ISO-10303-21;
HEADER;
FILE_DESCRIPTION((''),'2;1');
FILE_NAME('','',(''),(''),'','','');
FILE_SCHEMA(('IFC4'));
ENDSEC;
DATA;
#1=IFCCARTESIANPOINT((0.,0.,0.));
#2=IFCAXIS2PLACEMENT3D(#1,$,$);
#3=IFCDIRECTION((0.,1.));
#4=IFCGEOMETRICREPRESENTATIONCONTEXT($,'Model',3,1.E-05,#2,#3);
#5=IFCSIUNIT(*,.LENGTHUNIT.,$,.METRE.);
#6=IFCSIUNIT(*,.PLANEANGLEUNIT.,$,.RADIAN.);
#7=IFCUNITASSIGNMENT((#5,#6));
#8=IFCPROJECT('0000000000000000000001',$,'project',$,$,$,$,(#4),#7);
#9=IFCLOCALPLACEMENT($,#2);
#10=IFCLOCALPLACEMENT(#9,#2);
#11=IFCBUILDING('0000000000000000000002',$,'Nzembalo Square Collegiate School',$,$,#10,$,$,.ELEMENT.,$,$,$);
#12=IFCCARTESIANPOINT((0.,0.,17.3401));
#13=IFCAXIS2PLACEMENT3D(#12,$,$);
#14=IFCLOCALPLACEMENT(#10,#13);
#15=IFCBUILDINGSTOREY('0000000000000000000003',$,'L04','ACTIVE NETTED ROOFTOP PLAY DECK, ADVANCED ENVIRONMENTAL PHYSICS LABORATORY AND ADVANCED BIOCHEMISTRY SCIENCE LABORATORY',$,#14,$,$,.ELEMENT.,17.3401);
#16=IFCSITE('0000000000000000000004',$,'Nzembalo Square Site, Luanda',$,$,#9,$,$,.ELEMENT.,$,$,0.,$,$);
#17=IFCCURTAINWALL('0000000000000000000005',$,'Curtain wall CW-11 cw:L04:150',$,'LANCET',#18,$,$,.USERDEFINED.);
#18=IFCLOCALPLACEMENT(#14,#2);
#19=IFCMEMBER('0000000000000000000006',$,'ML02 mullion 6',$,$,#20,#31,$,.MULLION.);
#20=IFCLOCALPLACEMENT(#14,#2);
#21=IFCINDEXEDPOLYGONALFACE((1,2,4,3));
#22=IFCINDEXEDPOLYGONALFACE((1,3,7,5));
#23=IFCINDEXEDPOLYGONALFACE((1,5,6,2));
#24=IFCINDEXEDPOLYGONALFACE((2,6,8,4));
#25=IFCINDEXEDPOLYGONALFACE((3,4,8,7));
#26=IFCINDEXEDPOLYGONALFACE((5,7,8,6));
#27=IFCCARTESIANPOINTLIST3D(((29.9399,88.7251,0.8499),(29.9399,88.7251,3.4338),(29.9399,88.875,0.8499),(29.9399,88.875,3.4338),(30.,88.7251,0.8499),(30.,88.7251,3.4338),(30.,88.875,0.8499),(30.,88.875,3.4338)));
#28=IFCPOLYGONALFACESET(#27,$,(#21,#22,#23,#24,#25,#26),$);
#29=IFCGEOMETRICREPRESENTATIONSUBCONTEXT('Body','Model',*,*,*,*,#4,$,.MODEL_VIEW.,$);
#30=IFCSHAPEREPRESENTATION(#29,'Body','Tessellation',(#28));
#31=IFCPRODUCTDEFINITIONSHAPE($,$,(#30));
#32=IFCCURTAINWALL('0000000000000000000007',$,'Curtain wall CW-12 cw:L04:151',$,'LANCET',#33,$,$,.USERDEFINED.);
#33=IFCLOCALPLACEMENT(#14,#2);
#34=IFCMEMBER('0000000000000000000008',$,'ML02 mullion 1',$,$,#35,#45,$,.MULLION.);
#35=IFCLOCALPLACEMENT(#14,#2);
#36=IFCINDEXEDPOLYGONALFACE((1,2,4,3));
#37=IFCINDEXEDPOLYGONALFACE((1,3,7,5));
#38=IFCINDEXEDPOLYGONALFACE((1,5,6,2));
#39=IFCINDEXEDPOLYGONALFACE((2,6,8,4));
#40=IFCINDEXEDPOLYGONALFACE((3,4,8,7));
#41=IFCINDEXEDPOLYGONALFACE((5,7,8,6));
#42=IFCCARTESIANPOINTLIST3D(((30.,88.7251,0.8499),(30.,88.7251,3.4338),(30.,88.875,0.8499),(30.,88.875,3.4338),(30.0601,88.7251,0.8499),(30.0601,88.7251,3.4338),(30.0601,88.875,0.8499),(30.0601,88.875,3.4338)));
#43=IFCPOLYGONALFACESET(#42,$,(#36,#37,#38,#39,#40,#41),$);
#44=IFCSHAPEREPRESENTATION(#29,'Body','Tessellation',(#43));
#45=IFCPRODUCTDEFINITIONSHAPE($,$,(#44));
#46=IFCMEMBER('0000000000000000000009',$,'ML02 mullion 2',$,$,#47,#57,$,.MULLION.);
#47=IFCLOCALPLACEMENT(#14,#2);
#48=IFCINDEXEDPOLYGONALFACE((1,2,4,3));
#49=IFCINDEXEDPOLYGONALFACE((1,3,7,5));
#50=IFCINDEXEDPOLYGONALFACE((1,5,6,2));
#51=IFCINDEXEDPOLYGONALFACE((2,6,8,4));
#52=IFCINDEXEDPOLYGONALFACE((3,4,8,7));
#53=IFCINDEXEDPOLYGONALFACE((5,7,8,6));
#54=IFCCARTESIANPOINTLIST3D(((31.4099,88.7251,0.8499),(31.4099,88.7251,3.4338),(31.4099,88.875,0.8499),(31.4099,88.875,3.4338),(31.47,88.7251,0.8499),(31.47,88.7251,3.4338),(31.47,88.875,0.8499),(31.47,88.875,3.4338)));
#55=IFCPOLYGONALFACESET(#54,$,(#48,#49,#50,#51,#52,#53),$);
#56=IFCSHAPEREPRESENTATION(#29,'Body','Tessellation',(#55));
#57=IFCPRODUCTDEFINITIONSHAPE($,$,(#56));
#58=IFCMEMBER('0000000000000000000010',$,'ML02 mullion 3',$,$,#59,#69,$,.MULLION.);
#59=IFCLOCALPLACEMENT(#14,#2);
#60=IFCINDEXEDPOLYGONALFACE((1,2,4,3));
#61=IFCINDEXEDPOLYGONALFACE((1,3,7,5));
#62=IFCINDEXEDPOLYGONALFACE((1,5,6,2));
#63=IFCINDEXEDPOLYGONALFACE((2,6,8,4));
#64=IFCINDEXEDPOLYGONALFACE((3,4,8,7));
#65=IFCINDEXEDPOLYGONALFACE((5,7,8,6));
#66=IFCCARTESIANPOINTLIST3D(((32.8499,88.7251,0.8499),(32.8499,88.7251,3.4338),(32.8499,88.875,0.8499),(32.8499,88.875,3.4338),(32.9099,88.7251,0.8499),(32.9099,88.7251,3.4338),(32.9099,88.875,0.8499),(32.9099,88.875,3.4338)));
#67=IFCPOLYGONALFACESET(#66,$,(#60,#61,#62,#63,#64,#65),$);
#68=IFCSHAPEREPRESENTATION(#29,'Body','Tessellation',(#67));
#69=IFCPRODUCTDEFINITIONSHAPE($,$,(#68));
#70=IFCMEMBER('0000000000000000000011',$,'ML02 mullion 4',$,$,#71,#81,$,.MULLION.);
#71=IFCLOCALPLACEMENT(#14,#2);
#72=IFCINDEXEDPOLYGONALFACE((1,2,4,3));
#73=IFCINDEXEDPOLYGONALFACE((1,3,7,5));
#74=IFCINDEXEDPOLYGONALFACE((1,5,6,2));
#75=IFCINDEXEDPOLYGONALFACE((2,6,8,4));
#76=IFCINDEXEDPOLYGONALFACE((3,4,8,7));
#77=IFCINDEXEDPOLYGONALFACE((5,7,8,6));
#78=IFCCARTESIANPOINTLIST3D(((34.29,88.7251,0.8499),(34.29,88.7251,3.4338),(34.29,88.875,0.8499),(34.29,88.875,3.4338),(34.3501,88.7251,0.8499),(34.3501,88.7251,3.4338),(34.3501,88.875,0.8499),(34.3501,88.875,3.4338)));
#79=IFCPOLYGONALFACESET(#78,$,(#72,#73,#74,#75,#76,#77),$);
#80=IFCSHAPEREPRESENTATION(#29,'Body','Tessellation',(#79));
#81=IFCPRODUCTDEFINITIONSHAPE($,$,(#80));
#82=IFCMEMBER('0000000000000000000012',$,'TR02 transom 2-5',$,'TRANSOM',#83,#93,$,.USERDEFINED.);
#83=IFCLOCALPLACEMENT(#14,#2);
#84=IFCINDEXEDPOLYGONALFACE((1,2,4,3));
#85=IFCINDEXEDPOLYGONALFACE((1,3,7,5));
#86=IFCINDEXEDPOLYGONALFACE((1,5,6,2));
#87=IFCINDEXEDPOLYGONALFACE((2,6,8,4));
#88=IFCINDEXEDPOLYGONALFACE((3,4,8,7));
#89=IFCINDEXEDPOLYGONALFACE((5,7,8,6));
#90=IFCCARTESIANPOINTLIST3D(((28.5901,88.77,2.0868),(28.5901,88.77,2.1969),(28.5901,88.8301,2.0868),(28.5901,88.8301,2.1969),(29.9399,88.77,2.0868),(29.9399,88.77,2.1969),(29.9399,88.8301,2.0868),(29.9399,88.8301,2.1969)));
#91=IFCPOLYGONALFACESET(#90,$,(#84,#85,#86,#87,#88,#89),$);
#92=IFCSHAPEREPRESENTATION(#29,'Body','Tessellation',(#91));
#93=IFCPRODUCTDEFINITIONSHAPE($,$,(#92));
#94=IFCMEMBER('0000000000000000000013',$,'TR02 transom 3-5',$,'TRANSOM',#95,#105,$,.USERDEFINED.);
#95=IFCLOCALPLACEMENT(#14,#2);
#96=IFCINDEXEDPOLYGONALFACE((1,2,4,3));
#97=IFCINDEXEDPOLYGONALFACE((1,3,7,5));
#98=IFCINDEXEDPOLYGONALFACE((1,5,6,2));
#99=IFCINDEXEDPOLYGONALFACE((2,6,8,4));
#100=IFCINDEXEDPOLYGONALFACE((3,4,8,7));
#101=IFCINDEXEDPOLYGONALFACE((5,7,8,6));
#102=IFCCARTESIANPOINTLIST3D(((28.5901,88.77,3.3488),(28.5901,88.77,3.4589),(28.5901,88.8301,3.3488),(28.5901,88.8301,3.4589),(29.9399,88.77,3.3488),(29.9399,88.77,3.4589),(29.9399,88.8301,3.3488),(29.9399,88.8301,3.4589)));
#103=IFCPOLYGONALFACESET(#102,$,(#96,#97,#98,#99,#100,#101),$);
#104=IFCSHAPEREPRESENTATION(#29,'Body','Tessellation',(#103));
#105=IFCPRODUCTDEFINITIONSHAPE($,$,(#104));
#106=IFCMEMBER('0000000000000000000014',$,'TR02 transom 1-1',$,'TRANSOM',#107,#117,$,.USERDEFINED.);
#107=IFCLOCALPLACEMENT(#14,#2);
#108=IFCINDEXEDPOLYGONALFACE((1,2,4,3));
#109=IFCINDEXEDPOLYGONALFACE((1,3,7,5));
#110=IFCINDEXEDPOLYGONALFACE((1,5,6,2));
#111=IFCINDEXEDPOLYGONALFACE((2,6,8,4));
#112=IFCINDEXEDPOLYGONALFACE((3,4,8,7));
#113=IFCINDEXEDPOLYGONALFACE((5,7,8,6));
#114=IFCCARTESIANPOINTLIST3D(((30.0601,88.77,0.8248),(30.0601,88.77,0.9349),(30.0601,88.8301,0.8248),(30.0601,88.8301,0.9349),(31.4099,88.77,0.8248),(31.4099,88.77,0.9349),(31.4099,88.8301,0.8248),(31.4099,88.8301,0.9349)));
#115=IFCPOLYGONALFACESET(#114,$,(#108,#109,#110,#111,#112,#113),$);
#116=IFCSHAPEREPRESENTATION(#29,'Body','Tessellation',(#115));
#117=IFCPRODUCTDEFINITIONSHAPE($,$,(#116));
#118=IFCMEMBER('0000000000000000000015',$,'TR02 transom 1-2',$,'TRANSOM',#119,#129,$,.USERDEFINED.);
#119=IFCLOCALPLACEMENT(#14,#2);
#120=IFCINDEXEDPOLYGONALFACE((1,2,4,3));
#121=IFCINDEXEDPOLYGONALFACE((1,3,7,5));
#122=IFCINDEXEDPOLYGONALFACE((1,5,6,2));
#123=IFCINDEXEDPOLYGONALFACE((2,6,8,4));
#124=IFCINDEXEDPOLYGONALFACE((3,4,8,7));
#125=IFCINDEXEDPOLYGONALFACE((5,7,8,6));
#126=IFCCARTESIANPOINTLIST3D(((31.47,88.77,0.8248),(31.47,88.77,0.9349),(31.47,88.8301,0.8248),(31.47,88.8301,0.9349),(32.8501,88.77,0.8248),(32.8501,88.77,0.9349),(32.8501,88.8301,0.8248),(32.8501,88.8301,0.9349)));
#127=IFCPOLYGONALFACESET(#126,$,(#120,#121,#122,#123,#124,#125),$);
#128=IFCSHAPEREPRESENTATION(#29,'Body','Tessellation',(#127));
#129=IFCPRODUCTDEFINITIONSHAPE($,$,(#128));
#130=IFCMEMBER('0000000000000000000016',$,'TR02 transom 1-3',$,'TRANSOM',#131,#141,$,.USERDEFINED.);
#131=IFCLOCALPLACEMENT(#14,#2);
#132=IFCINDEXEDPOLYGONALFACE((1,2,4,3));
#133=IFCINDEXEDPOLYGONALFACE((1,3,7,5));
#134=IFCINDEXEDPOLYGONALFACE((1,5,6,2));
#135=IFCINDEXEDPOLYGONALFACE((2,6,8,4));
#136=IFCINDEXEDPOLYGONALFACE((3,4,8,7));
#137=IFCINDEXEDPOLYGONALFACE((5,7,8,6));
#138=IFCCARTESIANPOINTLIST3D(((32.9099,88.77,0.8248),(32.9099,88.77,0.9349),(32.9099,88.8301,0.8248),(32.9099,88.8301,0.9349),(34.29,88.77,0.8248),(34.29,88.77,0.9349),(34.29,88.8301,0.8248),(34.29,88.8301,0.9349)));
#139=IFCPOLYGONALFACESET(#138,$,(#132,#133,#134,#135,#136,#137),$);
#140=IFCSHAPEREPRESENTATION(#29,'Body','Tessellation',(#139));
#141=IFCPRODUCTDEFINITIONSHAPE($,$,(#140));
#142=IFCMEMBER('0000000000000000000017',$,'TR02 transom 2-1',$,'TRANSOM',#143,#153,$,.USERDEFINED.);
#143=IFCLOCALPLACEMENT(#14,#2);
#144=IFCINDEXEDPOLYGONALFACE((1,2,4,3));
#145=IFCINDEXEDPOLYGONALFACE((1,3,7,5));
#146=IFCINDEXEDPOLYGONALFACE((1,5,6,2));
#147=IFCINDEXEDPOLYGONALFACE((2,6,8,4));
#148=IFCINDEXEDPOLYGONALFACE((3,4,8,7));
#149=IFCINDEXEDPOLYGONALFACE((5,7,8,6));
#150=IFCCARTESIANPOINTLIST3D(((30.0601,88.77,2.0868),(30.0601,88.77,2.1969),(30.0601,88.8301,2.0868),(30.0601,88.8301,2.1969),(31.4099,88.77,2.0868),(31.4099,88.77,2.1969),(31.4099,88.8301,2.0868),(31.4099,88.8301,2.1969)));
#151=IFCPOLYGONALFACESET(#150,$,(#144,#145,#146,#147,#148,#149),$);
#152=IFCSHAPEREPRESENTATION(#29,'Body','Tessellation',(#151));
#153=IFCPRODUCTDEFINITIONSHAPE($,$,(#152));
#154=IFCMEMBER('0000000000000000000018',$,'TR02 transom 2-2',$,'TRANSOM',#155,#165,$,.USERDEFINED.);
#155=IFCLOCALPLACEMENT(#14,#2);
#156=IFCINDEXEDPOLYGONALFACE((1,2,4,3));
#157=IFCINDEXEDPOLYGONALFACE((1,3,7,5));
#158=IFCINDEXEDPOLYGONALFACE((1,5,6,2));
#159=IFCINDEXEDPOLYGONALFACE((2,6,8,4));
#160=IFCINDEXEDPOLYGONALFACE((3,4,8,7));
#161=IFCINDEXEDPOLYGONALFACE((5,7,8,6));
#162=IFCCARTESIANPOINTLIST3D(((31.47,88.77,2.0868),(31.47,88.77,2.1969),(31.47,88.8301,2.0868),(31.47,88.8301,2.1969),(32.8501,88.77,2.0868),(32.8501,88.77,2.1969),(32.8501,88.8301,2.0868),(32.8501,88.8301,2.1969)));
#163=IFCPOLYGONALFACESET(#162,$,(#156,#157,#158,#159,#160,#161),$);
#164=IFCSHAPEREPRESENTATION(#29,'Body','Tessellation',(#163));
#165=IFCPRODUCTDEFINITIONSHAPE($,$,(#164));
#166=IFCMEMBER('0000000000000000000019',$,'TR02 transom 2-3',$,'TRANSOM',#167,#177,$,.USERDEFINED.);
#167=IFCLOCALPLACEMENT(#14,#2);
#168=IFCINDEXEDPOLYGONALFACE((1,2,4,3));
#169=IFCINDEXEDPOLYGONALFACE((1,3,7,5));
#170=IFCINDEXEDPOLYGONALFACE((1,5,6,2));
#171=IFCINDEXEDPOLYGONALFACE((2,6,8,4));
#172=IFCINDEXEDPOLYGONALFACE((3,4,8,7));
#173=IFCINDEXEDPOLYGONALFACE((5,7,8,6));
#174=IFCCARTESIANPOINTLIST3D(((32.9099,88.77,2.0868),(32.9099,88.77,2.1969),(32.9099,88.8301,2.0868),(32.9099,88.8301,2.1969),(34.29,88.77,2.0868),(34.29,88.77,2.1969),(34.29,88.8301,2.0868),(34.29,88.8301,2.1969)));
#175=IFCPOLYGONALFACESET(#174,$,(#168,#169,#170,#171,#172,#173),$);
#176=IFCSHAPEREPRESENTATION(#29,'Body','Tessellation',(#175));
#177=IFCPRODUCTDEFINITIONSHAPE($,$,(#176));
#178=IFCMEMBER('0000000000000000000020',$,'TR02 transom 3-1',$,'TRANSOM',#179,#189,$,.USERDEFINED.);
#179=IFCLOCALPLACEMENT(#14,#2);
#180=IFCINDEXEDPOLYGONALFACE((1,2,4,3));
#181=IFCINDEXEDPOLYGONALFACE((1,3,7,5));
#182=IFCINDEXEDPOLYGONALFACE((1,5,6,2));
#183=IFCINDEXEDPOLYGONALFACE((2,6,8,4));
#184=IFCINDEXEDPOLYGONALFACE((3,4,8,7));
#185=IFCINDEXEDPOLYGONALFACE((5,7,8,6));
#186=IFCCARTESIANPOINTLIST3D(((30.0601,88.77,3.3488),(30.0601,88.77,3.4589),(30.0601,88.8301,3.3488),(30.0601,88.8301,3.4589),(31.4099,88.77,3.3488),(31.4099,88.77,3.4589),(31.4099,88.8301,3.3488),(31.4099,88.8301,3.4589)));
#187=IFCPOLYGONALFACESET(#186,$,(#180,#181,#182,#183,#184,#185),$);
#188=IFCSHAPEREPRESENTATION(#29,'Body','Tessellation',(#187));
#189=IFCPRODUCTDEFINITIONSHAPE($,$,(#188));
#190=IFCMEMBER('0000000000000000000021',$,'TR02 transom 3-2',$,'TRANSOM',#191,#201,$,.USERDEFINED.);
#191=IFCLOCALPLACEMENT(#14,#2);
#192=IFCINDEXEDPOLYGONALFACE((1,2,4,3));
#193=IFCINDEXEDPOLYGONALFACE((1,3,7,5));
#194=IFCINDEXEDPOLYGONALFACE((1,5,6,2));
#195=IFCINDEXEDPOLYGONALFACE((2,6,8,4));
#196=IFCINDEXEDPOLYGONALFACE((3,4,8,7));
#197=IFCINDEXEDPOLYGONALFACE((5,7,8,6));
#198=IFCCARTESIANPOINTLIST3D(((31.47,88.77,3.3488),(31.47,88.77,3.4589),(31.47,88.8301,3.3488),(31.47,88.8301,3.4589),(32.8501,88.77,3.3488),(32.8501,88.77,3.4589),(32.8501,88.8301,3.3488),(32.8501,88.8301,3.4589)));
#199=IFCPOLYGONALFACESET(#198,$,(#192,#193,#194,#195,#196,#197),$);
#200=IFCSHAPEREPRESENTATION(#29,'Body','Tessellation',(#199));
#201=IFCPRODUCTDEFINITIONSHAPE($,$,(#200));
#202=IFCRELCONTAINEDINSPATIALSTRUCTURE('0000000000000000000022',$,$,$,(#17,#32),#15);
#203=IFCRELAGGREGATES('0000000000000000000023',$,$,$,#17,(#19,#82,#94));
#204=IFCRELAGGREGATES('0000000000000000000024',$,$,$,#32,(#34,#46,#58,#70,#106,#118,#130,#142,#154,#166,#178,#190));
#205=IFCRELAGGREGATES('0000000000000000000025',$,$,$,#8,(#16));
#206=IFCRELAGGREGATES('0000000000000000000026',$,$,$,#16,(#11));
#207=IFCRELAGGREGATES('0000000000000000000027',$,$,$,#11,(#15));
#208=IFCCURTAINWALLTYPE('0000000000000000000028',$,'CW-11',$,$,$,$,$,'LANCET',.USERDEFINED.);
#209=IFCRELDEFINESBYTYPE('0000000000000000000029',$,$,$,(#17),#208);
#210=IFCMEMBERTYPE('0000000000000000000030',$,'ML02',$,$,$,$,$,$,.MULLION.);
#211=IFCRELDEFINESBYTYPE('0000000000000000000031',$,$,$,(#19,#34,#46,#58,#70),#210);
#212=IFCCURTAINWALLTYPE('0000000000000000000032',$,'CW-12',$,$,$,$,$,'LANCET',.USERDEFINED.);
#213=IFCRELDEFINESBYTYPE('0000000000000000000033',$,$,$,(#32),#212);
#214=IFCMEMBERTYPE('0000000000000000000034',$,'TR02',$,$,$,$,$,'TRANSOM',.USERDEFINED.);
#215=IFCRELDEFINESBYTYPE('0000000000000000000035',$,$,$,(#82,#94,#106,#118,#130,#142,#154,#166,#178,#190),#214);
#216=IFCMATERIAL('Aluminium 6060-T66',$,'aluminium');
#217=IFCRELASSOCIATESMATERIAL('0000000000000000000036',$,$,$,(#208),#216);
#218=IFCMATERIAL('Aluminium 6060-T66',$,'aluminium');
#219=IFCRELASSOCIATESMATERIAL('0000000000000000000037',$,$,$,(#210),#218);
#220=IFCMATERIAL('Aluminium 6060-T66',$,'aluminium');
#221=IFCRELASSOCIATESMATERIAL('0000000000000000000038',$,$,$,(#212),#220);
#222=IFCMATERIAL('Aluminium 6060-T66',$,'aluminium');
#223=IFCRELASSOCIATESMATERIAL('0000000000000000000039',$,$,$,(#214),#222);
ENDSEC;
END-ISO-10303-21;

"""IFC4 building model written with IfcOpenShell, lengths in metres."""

from ifc_helpers import new_model, si_unit, direction, frame, origin, origin_2d, place, context, subcontext, project, spatial, rectangle, extrude, material, material_profile, profile_set, type_object, element, aggregate, save


model = new_model("IFC4")

# Units and contexts
model_context = context("Model", 3, precision=1e-05, world=origin(), true_north=direction((0.0, 1.0)))
body_context = subcontext(model_context, "Body", "Model", "MODEL_VIEW")
ifc_project = project(units=[si_unit("LENGTHUNIT", "METRE"), si_unit("PLANEANGLEUNIT", "RADIAN")], contexts=[model_context])

# Site, building, storey
site_placement = place(None, origin())
site = spatial("IfcSite", under=ifc_project, at=site_placement, Name="Nzembalo Square Site, Luanda", CompositionType="ELEMENT", RefElevation=0.0)
building_placement = place(site_placement, origin())
building = spatial("IfcBuilding", under=site, at=building_placement, Name="Nzembalo Square Collegiate School", CompositionType="ELEMENT")
storey_placement = place(building_placement, frame((0.0, 0.0, 17.3401)))
storey = spatial("IfcBuildingStorey", under=building, at=storey_placement, Name="L04", Description="ACTIVE NETTED ROOFTOP PLAY DECK, ADVANCED ENVIRONMENTAL PHYSICS LABORATORY AND ADVANCED BIOCHEMISTRY SCIENCE LABORATORY", CompositionType="ELEMENT", Elevation=17.3401)

# Curtain wall, member
ifc_material_1 = material(Name="Aluminium 6060-T66", Category="aluminium")
curtain_wall_type_1 = type_object("IfcCurtainWallType", Name="CW-11", ElementType="LANCET", PredefinedType="USERDEFINED", material=ifc_material_1)
curtain_wall_1_placement = place(storey_placement, origin())
curtain_wall_1 = element("IfcCurtainWall", 1, at=curtain_wall_1_placement, inside=storey, type_object=curtain_wall_type_1, Name="Curtain wall CW-11 cw:L04:150", ObjectType="LANCET", PredefinedType="USERDEFINED")
ifc_material_2 = material(Name="Aluminium 6060-T66", Category="aluminium")
ifc_material_profile_1 = material_profile(ifc_material_2, rectangle(XDim=0.0601, YDim=0.1499, at=origin_2d()), Name="ALU M60x150")
ifc_profile_set_1 = profile_set([ifc_material_profile_1], Name="Aluminium 6060-T66")
member_type_1 = type_object("IfcMemberType", Name="ML02", PredefinedType="MULLION", material=ifc_profile_set_1)
member_1_placement = place(storey_placement, frame((29.97, 88.8, 0.8499), z_axis=(0.0, 0.0, 1.0), x_axis=(1.0, 0.0, 0.0)))
member_1 = element("IfcMember", 2, at=member_1_placement, type_object=member_type_1, Name="ML02 mullion 6", PredefinedType="MULLION", context=body_context, shape_type="SweptSolid", body=[
    extrude(rectangle(XDim=0.0601, YDim=0.1499, at=origin_2d()), origin(), (0.0, 0.0, 1.0), 2.584),
])

# Curtain wall, members
ifc_material_3 = material(Name="Aluminium 6060-T66", Category="aluminium")
curtain_wall_type_2 = type_object("IfcCurtainWallType", Name="CW-12", ElementType="LANCET", PredefinedType="USERDEFINED", material=ifc_material_3)
curtain_wall_2_placement = place(storey_placement, origin())
curtain_wall_2 = element("IfcCurtainWall", 3, at=curtain_wall_2_placement, inside=storey, type_object=curtain_wall_type_2, Name="Curtain wall CW-12 cw:L04:151", ObjectType="LANCET", PredefinedType="USERDEFINED")
member_2_placement = place(storey_placement, frame((30.03, 88.8, 0.8499), z_axis=(0.0, 0.0, 1.0), x_axis=(1.0, 0.0, 0.0)))
member_2 = element("IfcMember", 4, at=member_2_placement, type_object=member_type_1, Name="ML02 mullion 1", PredefinedType="MULLION", context=body_context, shape_type="SweptSolid", body=[
    extrude(rectangle(XDim=0.0601, YDim=0.1499, at=origin_2d()), origin(), (0.0, 0.0, 1.0), 2.584),
])
member_3_placement = place(storey_placement, frame((31.4399, 88.8, 0.8499), z_axis=(0.0, 0.0, 1.0), x_axis=(1.0, 0.0, 0.0)))
member_3 = element("IfcMember", 5, at=member_3_placement, type_object=member_type_1, Name="ML02 mullion 2", PredefinedType="MULLION", context=body_context, shape_type="SweptSolid", body=[
    extrude(rectangle(XDim=0.0601, YDim=0.1499, at=origin_2d()), origin(), (0.0, 0.0, 1.0), 2.584),
])
member_4_placement = place(storey_placement, frame((32.8799, 88.8, 0.8499), z_axis=(0.0, 0.0, 1.0), x_axis=(1.0, 0.0, 0.0)))
member_4 = element("IfcMember", 6, at=member_4_placement, type_object=member_type_1, Name="ML02 mullion 3", PredefinedType="MULLION", context=body_context, shape_type="SweptSolid", body=[
    extrude(rectangle(XDim=0.0601, YDim=0.1499, at=origin_2d()), origin(), (0.0, 0.0, 1.0), 2.584),
])
member_5_placement = place(storey_placement, frame((34.3201, 88.8, 0.8499), z_axis=(0.0, 0.0, 1.0), x_axis=(1.0, 0.0, 0.0)))
member_5 = element("IfcMember", 7, at=member_5_placement, type_object=member_type_1, Name="ML02 mullion 4", PredefinedType="MULLION", context=body_context, shape_type="SweptSolid", body=[
    extrude(rectangle(XDim=0.0601, YDim=0.1499, at=origin_2d()), origin(), (0.0, 0.0, 1.0), 2.584),
])

# Members
ifc_material_4 = material(Name="Aluminium 6060-T66", Category="aluminium")
ifc_material_profile_2 = material_profile(ifc_material_4, rectangle(XDim=0.0601, YDim=0.1101, at=origin_2d()), Name="ALU T60x110")
ifc_profile_set_2 = profile_set([ifc_material_profile_2], Name="Aluminium 6060-T66")
member_type_2 = type_object("IfcMemberType", Name="TR02", ElementType="TRANSOM", PredefinedType="USERDEFINED", material=ifc_profile_set_2)
member_6_placement = place(storey_placement, frame((28.5901, 88.8, 2.1418), z_axis=(1.0, 0.0, 0.0), x_axis=(0.0, 1.0, 0.0)))
member_6 = element("IfcMember", 8, at=member_6_placement, type_object=member_type_2, Name="TR02 transom 2-5", ObjectType="TRANSOM", PredefinedType="USERDEFINED", context=body_context, shape_type="SweptSolid", body=[
    extrude(rectangle(XDim=0.0601, YDim=0.1101, at=origin_2d()), origin(), (0.0, 0.0, 1.0), 1.3499),
])
member_7_placement = place(storey_placement, frame((28.5901, 88.8, 3.4038), z_axis=(1.0, 0.0, 0.0), x_axis=(0.0, 1.0, 0.0)))
member_7 = element("IfcMember", 9, at=member_7_placement, type_object=member_type_2, Name="TR02 transom 3-5", ObjectType="TRANSOM", PredefinedType="USERDEFINED", context=body_context, shape_type="SweptSolid", body=[
    extrude(rectangle(XDim=0.0601, YDim=0.1101, at=origin_2d()), origin(), (0.0, 0.0, 1.0), 1.3499),
])
member_8_placement = place(storey_placement, frame((30.0601, 88.8, 0.8799), z_axis=(1.0, 0.0, 0.0), x_axis=(0.0, 1.0, 0.0)))
member_8 = element("IfcMember", 10, at=member_8_placement, type_object=member_type_2, Name="TR02 transom 1-1", ObjectType="TRANSOM", PredefinedType="USERDEFINED", context=body_context, shape_type="SweptSolid", body=[
    extrude(rectangle(XDim=0.0601, YDim=0.1101, at=origin_2d()), origin(), (0.0, 0.0, 1.0), 1.3499),
])
member_9_placement = place(storey_placement, frame((31.47, 88.8, 0.8799), z_axis=(1.0, 0.0, 0.0), x_axis=(0.0, 1.0, 0.0)))
member_9 = element("IfcMember", 11, at=member_9_placement, type_object=member_type_2, Name="TR02 transom 1-2", ObjectType="TRANSOM", PredefinedType="USERDEFINED", context=body_context, shape_type="SweptSolid", body=[
    extrude(rectangle(XDim=0.0601, YDim=0.1101, at=origin_2d()), origin(), (0.0, 0.0, 1.0), 1.3801),
])
member_10_placement = place(storey_placement, frame((32.9099, 88.8, 0.8799), z_axis=(1.0, 0.0, 0.0), x_axis=(0.0, 1.0, 0.0)))
member_10 = element("IfcMember", 12, at=member_10_placement, type_object=member_type_2, Name="TR02 transom 1-3", ObjectType="TRANSOM", PredefinedType="USERDEFINED", context=body_context, shape_type="SweptSolid", body=[
    extrude(rectangle(XDim=0.0601, YDim=0.1101, at=origin_2d()), origin(), (0.0, 0.0, 1.0), 1.3801),
])
member_11_placement = place(storey_placement, frame((30.0601, 88.8, 2.1418), z_axis=(1.0, 0.0, 0.0), x_axis=(0.0, 1.0, 0.0)))
member_11 = element("IfcMember", 13, at=member_11_placement, type_object=member_type_2, Name="TR02 transom 2-1", ObjectType="TRANSOM", PredefinedType="USERDEFINED", context=body_context, shape_type="SweptSolid", body=[
    extrude(rectangle(XDim=0.0601, YDim=0.1101, at=origin_2d()), origin(), (0.0, 0.0, 1.0), 1.3499),
])
member_12_placement = place(storey_placement, frame((31.47, 88.8, 2.1418), z_axis=(1.0, 0.0, 0.0), x_axis=(0.0, 1.0, 0.0)))
member_12 = element("IfcMember", 14, at=member_12_placement, type_object=member_type_2, Name="TR02 transom 2-2", ObjectType="TRANSOM", PredefinedType="USERDEFINED", context=body_context, shape_type="SweptSolid", body=[
    extrude(rectangle(XDim=0.0601, YDim=0.1101, at=origin_2d()), origin(), (0.0, 0.0, 1.0), 1.3801),
])
member_13_placement = place(storey_placement, frame((32.9099, 88.8, 2.1418), z_axis=(1.0, 0.0, 0.0), x_axis=(0.0, 1.0, 0.0)))
member_13 = element("IfcMember", 15, at=member_13_placement, type_object=member_type_2, Name="TR02 transom 2-3", ObjectType="TRANSOM", PredefinedType="USERDEFINED", context=body_context, shape_type="SweptSolid", body=[
    extrude(rectangle(XDim=0.0601, YDim=0.1101, at=origin_2d()), origin(), (0.0, 0.0, 1.0), 1.3801),
])
member_14_placement = place(storey_placement, frame((30.0601, 88.8, 3.4038), z_axis=(1.0, 0.0, 0.0), x_axis=(0.0, 1.0, 0.0)))
member_14 = element("IfcMember", 16, at=member_14_placement, type_object=member_type_2, Name="TR02 transom 3-1", ObjectType="TRANSOM", PredefinedType="USERDEFINED", context=body_context, shape_type="SweptSolid", body=[
    extrude(rectangle(XDim=0.0601, YDim=0.1101, at=origin_2d()), origin(), (0.0, 0.0, 1.0), 1.3499),
])
member_15_placement = place(storey_placement, frame((31.47, 88.8, 3.4038), z_axis=(1.0, 0.0, 0.0), x_axis=(0.0, 1.0, 0.0)))
member_15 = element("IfcMember", 17, at=member_15_placement, type_object=member_type_2, Name="TR02 transom 3-2", ObjectType="TRANSOM", PredefinedType="USERDEFINED", context=body_context, shape_type="SweptSolid", body=[
    extrude(rectangle(XDim=0.0601, YDim=0.1101, at=origin_2d()), origin(), (0.0, 0.0, 1.0), 1.3801),
])

aggregate(curtain_wall_1, [member_1, member_6, member_7])
aggregate(curtain_wall_2, [member_2, member_3, member_4, member_5, member_8, member_9, member_10, member_11, member_12, member_13, member_14, member_15])

save(model, "model.ifc")
